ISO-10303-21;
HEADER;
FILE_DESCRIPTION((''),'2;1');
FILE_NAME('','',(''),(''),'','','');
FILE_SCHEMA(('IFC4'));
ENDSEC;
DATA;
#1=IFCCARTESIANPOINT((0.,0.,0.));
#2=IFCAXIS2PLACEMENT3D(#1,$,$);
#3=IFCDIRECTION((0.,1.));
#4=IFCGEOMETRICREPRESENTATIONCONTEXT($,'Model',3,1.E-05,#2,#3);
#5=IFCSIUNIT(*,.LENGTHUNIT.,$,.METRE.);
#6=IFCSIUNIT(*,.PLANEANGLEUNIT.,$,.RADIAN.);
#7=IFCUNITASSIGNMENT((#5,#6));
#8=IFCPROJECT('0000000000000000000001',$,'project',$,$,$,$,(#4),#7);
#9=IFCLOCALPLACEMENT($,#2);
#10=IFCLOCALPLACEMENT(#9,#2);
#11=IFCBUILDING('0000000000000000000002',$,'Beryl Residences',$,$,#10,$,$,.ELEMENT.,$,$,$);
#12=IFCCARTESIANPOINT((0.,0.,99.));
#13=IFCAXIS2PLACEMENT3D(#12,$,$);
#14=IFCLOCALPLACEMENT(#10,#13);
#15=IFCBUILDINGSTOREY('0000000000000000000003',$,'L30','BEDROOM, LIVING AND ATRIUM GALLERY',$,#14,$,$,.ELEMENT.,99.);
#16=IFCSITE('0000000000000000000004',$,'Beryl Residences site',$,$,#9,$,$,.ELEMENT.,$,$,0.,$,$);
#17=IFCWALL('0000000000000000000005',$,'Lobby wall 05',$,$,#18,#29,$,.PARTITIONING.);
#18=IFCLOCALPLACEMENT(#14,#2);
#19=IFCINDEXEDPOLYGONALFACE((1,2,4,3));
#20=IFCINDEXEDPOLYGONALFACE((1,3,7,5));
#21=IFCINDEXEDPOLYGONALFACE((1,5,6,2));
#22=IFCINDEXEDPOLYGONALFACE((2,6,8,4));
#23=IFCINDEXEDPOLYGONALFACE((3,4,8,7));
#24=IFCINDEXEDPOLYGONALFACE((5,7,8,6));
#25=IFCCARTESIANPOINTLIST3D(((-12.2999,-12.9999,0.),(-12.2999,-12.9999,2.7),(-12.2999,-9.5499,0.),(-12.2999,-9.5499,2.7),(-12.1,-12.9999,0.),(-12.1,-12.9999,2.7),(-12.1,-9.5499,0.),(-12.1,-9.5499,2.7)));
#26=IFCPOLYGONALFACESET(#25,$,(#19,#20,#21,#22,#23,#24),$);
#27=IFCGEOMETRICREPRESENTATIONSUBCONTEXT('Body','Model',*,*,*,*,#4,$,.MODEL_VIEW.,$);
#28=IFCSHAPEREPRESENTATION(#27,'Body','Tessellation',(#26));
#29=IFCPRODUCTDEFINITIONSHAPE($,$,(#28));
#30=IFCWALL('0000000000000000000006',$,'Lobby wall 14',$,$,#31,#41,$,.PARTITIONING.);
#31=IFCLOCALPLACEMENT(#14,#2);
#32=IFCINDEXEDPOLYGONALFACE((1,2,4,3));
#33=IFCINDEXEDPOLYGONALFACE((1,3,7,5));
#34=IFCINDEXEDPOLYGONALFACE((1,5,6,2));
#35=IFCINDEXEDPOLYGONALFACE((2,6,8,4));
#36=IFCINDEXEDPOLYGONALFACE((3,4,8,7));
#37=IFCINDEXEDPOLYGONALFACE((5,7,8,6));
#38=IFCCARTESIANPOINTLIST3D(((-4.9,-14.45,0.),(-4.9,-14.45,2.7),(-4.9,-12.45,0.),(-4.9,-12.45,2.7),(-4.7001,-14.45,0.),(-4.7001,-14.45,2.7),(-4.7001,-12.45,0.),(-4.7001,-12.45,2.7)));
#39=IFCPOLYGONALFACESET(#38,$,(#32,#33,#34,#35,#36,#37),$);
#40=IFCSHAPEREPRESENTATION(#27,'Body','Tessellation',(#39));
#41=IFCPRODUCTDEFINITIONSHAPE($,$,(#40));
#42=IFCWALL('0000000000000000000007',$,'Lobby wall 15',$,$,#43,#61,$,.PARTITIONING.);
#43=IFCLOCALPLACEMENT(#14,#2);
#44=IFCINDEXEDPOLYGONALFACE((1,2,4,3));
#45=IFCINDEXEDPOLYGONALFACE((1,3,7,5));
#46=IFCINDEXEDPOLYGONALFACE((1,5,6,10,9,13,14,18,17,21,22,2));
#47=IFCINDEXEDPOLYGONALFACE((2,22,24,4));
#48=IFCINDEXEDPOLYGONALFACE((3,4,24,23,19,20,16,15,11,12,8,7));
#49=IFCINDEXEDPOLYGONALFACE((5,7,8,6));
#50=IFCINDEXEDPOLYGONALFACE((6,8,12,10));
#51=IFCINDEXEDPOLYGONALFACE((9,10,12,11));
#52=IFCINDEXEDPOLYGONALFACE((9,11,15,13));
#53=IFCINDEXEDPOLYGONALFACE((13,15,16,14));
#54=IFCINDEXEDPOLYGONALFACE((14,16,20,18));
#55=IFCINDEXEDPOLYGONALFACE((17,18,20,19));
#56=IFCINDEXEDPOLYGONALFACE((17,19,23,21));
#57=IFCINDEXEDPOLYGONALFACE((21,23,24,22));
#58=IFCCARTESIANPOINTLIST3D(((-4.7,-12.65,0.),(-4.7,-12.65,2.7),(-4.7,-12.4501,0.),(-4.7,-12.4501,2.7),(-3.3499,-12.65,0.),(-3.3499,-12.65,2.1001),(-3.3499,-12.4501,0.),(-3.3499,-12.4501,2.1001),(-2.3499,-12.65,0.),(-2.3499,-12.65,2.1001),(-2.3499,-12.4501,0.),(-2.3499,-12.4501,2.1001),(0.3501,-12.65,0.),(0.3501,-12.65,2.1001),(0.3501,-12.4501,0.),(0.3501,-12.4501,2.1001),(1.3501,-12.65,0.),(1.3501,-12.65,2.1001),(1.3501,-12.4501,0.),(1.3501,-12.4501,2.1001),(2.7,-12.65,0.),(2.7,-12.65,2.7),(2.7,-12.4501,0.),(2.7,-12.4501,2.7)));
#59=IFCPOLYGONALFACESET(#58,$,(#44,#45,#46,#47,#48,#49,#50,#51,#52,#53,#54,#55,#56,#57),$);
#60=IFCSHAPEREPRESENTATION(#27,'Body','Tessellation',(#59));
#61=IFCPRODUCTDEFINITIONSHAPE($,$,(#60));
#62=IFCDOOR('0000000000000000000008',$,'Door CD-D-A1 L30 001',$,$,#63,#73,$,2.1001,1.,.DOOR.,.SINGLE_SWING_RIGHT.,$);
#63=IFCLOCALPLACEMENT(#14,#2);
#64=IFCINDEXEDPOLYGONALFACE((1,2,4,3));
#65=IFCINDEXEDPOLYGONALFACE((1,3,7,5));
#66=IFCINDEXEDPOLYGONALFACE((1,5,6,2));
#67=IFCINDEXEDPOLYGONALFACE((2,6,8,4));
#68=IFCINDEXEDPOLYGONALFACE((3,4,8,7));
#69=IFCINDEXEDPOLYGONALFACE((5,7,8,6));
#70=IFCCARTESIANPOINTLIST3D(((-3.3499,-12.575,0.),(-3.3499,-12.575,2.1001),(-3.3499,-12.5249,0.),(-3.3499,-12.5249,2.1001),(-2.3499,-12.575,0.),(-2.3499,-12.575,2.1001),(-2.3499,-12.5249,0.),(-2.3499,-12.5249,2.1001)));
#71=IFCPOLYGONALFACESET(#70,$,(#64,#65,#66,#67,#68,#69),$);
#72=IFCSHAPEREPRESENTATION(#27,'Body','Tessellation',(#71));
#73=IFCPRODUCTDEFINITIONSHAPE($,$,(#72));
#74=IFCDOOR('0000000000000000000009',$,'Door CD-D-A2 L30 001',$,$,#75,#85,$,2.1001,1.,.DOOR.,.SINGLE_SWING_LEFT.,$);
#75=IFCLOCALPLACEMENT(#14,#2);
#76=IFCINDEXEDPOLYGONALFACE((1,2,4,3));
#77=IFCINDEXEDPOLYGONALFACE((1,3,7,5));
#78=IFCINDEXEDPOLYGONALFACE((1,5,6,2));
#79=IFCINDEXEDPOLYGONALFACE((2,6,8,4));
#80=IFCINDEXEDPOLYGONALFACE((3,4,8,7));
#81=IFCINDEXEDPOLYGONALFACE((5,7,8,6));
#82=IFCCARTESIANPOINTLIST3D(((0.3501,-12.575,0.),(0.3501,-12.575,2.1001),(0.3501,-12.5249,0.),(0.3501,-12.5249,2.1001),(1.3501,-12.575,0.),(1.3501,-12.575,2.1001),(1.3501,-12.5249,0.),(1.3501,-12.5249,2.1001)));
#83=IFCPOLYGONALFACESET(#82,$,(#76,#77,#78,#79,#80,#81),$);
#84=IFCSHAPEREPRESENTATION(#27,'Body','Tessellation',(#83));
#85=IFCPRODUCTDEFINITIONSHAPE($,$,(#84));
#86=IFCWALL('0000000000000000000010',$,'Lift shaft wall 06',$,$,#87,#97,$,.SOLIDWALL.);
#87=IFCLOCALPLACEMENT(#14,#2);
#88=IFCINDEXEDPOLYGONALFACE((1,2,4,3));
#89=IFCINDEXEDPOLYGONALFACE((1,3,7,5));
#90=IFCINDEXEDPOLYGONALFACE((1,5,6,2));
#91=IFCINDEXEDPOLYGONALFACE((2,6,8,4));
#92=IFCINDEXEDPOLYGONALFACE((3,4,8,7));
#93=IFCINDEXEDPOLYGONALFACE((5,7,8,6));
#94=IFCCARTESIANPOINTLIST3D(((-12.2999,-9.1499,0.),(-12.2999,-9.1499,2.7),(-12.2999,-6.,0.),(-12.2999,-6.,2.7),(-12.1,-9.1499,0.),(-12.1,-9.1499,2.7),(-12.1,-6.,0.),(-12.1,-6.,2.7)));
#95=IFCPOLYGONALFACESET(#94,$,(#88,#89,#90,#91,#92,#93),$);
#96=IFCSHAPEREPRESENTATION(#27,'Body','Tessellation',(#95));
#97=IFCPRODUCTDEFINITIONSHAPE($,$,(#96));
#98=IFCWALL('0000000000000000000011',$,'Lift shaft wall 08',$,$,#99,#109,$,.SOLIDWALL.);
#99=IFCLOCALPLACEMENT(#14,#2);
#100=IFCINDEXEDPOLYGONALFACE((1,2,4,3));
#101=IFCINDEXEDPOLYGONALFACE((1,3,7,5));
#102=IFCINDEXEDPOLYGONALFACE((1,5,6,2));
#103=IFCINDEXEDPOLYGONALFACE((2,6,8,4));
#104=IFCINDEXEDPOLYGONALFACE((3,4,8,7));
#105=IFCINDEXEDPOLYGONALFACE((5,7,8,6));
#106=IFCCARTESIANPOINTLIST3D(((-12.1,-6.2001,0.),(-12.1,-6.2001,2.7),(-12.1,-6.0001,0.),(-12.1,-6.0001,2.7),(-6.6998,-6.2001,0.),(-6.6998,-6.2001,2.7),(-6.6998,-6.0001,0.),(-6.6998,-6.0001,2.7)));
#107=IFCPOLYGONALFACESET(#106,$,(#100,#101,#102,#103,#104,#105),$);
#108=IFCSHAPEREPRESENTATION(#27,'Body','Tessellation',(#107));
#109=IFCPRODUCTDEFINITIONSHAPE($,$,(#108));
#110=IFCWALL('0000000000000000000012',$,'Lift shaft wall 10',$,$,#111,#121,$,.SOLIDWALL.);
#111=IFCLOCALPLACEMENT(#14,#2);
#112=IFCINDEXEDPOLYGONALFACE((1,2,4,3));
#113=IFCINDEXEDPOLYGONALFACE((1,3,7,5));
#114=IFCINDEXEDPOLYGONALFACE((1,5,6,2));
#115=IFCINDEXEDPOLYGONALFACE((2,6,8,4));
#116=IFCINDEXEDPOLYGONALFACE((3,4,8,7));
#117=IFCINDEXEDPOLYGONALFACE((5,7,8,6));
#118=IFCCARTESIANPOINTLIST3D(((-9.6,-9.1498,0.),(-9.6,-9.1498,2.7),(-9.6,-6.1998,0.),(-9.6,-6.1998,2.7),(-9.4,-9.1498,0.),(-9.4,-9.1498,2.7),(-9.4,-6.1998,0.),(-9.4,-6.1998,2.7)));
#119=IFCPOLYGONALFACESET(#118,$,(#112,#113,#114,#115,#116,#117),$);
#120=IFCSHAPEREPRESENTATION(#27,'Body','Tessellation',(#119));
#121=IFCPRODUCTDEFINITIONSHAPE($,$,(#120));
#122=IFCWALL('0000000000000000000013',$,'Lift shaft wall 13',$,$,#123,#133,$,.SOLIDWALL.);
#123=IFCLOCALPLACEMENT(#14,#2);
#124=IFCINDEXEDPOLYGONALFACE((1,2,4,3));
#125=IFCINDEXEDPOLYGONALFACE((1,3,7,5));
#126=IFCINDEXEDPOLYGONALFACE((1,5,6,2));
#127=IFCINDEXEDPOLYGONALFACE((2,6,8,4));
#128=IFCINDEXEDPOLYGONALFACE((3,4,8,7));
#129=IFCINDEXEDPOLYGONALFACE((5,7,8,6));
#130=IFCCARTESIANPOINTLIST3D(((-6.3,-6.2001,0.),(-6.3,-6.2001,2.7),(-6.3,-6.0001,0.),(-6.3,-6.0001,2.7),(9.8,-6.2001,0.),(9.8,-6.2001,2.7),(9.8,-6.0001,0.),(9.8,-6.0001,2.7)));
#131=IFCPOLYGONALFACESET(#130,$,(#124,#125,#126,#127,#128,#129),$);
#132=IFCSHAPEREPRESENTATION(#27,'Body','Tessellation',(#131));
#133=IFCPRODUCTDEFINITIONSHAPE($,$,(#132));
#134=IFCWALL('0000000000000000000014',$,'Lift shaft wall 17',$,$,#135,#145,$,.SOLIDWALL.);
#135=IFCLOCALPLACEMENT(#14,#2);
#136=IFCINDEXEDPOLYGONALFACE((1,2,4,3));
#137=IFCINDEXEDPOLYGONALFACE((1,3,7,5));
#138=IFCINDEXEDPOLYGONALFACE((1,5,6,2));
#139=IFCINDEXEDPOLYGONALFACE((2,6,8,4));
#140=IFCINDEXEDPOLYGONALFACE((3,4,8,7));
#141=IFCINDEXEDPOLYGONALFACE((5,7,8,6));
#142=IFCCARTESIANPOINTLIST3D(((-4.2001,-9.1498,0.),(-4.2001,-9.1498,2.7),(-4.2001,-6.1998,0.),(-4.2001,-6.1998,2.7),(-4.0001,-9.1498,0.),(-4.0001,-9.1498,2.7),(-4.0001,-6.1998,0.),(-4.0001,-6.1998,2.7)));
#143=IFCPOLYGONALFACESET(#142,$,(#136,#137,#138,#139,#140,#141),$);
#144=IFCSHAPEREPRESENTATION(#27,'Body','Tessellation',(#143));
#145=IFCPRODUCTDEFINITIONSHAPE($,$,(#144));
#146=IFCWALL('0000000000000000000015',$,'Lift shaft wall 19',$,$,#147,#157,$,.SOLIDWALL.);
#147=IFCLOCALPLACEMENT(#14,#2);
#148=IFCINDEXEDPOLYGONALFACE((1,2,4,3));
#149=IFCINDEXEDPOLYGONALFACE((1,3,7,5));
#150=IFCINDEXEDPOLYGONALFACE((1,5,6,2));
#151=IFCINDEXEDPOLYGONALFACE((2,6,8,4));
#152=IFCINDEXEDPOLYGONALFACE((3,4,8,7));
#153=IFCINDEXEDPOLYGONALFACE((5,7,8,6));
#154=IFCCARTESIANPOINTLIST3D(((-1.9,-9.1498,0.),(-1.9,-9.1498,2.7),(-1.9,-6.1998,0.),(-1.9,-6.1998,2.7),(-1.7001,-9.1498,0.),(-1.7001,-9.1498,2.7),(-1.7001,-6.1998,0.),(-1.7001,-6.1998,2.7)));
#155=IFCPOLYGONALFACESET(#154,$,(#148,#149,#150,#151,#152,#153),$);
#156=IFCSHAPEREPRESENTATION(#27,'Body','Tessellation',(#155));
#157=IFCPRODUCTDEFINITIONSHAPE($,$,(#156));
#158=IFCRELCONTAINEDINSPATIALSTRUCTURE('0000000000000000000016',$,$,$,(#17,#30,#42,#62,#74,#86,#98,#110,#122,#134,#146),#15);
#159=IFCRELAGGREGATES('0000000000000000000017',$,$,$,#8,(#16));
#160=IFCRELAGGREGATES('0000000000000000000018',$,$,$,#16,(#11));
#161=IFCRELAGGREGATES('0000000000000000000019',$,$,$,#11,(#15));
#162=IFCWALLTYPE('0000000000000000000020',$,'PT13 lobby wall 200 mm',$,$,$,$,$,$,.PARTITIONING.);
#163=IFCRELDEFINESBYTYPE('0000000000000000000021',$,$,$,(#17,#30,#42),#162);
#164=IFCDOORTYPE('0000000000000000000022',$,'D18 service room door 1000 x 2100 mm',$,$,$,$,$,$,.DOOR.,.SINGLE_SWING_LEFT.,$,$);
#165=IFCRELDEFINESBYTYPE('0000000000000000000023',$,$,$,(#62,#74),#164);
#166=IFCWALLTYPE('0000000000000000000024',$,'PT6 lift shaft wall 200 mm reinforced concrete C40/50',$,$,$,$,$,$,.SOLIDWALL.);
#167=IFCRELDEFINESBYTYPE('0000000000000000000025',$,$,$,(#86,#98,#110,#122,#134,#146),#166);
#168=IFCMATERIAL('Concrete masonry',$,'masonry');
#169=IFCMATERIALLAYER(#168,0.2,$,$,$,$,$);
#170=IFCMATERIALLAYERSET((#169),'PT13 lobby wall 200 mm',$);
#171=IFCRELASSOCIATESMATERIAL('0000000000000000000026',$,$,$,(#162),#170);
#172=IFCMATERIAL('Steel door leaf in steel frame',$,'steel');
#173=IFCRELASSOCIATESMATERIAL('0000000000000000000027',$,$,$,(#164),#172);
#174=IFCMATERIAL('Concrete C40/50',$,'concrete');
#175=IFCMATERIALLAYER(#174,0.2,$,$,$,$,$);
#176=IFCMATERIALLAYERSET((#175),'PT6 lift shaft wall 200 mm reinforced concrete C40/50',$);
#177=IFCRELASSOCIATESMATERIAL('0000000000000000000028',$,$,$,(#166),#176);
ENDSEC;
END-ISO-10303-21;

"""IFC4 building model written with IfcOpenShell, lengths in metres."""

from ifc_helpers import new_model, si_unit, direction, frame, frame_2d, origin, place, context, subcontext, project, spatial, rectangle, extrude, material, layer, layer_set, type_object, element, fill, save


model = new_model("IFC4")

# Units and contexts
model_context = context("Model", 3, precision=1e-05, world=origin(), true_north=direction((0.0, 1.0)))
body_context = subcontext(model_context, "Body", "Model", "MODEL_VIEW")
ifc_project = project(units=[si_unit("LENGTHUNIT", "METRE"), si_unit("PLANEANGLEUNIT", "RADIAN")], contexts=[model_context])

# Site, building, storey
site_placement = place(None, origin())
site = spatial("IfcSite", under=ifc_project, at=site_placement, Name="Beryl Residences site", CompositionType="ELEMENT", RefElevation=0.0)
building_placement = place(site_placement, origin())
building = spatial("IfcBuilding", under=site, at=building_placement, Name="Beryl Residences", CompositionType="ELEMENT")
storey_placement = place(building_placement, frame((0.0, 0.0, 99.0)))
storey = spatial("IfcBuildingStorey", under=building, at=storey_placement, Name="L30", Description="BEDROOM, LIVING AND ATRIUM GALLERY", CompositionType="ELEMENT", Elevation=99.0)

# Walls
ifc_material_1 = material(Name="Concrete masonry", Category="masonry")
ifc_layer_1 = layer(ifc_material_1, 0.2)
ifc_layer_set_1 = layer_set([ifc_layer_1], Name="PT13 lobby wall 200 mm")
wall_type_1 = type_object("IfcWallType", Name="PT13 lobby wall 200 mm", PredefinedType="PARTITIONING", material=ifc_layer_set_1)
wall_1_placement = place(storey_placement, frame((-12.2, -13.0, 0.0), z_axis=(0.0, 0.0, 1.0), x_axis=(0.0, 1.0, 0.0)))
element("IfcWall", 1, at=wall_1_placement, inside=storey, type_object=wall_type_1, Name="Lobby wall 05", PredefinedType="PARTITIONING", context=body_context, shape_type="SweptSolid", body=[
    extrude(rectangle(XDim=3.45, YDim=0.2, at=frame_2d((1.7251, 0.0))), origin(), (0.0, 0.0, 1.0), 2.7),
])
wall_2_placement = place(storey_placement, frame((-4.8, -14.45, 0.0), z_axis=(0.0, 0.0, 1.0), x_axis=(0.0, 1.0, 0.0)))
element("IfcWall", 2, at=wall_2_placement, inside=storey, type_object=wall_type_1, Name="Lobby wall 14", PredefinedType="PARTITIONING", context=body_context, shape_type="SweptSolid", body=[
    extrude(rectangle(XDim=2.0, YDim=0.2, at=frame_2d((1.0, 0.0))), origin(), (0.0, 0.0, 1.0), 2.7),
])

# Wall, openings, doors
wall_3_placement = place(storey_placement, frame((-4.7, -12.55, 0.0), z_axis=(0.0, 0.0, 1.0), x_axis=(1.0, 0.0, 0.0)))
wall_3 = element("IfcWall", 3, at=wall_3_placement, inside=storey, type_object=wall_type_1, Name="Lobby wall 15", PredefinedType="PARTITIONING", context=body_context, shape_type="SweptSolid", body=[
    extrude(rectangle(XDim=7.3999, YDim=0.2, at=frame_2d((3.7, 0.0))), origin(), (0.0, 0.0, 1.0), 2.7),
])
opening_1_placement = place(wall_3_placement, frame((2.3501, 0.0, 0.0), z_axis=(0.0, 0.0, 1.0), x_axis=(-1.0, 0.0, 0.0)))
opening_1 = element("IfcOpeningElement", 4, at=opening_1_placement, cuts=wall_3, PredefinedType="OPENING", context=body_context, shape_type="SweptSolid", body=[
    extrude(rectangle(XDim=1.0, YDim=2.1001, at=frame_2d((0.5, 1.05))), frame((0.0, 0.1099, 0.0), z_axis=(0.0, -1.0, 0.0), x_axis=(1.0, 0.0, 0.0)), (0.0, 0.0, 1.0), 0.22),
])
opening_2_placement = place(wall_3_placement, frame((6.05, 0.0, 0.0), z_axis=(0.0, 0.0, 1.0), x_axis=(-1.0, 0.0, 0.0)))
opening_2 = element("IfcOpeningElement", 5, at=opening_2_placement, cuts=wall_3, PredefinedType="OPENING", context=body_context, shape_type="SweptSolid", body=[
    extrude(rectangle(XDim=1.0, YDim=2.1001, at=frame_2d((0.5, 1.05))), frame((0.0, 0.1099, 0.0), z_axis=(0.0, -1.0, 0.0), x_axis=(1.0, 0.0, 0.0)), (0.0, 0.0, 1.0), 0.22),
])
ifc_material_2 = material(Name="Steel door leaf in steel frame", Category="steel")
door_type_1 = type_object("IfcDoorType", Name="D18 service room door 1000 x 2100 mm", OperationType="SINGLE_SWING_LEFT", PredefinedType="DOOR", material=ifc_material_2)
door_1_placement = place(opening_1_placement, origin())
door_1 = element("IfcDoor", 6, at=door_1_placement, inside=storey, type_object=door_type_1, Name="Door CD-D-A1 L30 001", OperationType="SINGLE_SWING_RIGHT", OverallHeight=2.1001, OverallWidth=1.0, PredefinedType="DOOR", context=body_context, shape_type="SweptSolid", body=[
    extrude(rectangle(XDim=1.0, YDim=2.1001, at=frame_2d((0.5, 1.05))), frame((0.0, 0.0249, 0.0), z_axis=(0.0, -1.0, 0.0), x_axis=(1.0, 0.0, 0.0)), (0.0, 0.0, 1.0), 0.05),
])
fill(opening_1, door_1)
door_2_placement = place(opening_2_placement, origin())
door_2 = element("IfcDoor", 7, at=door_2_placement, inside=storey, type_object=door_type_1, Name="Door CD-D-A2 L30 001", OperationType="SINGLE_SWING_LEFT", OverallHeight=2.1001, OverallWidth=1.0, PredefinedType="DOOR", context=body_context, shape_type="SweptSolid", body=[
    extrude(rectangle(XDim=1.0, YDim=2.1001, at=frame_2d((0.5, 1.05))), frame((0.0, 0.0249, 0.0), z_axis=(0.0, -1.0, 0.0), x_axis=(1.0, 0.0, 0.0)), (0.0, 0.0, 1.0), 0.05),
])
fill(opening_2, door_2)

# Walls
ifc_material_3 = material(Name="Concrete C40/50", Category="concrete")
ifc_layer_2 = layer(ifc_material_3, 0.2)
ifc_layer_set_2 = layer_set([ifc_layer_2], Name="PT6 lift shaft wall 200 mm reinforced concrete C40/50")
wall_type_2 = type_object("IfcWallType", Name="PT6 lift shaft wall 200 mm reinforced concrete C40/50", PredefinedType="SOLIDWALL", material=ifc_layer_set_2)
wall_4_placement = place(storey_placement, frame((-12.2, -9.1499, 0.0), z_axis=(0.0, 0.0, 1.0), x_axis=(0.0, 1.0, 0.0)))
element("IfcWall", 8, at=wall_4_placement, inside=storey, type_object=wall_type_2, Name="Lift shaft wall 06", PredefinedType="SOLIDWALL", context=body_context, shape_type="SweptSolid", body=[
    extrude(rectangle(XDim=3.1499, YDim=0.2, at=frame_2d((1.575, 0.0))), origin(), (0.0, 0.0, 1.0), 2.7),
])
wall_5_placement = place(storey_placement, frame((-12.1001, -6.1001, 0.0), z_axis=(0.0, 0.0, 1.0), x_axis=(1.0, 0.0, 0.0)))
element("IfcWall", 9, at=wall_5_placement, inside=storey, type_object=wall_type_2, Name="Lift shaft wall 08", PredefinedType="SOLIDWALL", context=body_context, shape_type="SweptSolid", body=[
    extrude(rectangle(XDim=5.4001, YDim=0.2, at=frame_2d((2.7002, 0.0))), origin(), (0.0, 0.0, 1.0), 2.7),
])
wall_6_placement = place(storey_placement, frame((-9.5, -9.1499, 0.0), z_axis=(0.0, 0.0, 1.0), x_axis=(0.0, 1.0, 0.0)))
element("IfcWall", 10, at=wall_6_placement, inside=storey, type_object=wall_type_2, Name="Lift shaft wall 10", PredefinedType="SOLIDWALL", context=body_context, shape_type="SweptSolid", body=[
    extrude(rectangle(XDim=2.95, YDim=0.2, at=frame_2d((1.4751, 0.0))), origin(), (0.0, 0.0, 1.0), 2.7),
])
wall_7_placement = place(storey_placement, frame((-6.3, -6.1001, 0.0), z_axis=(0.0, 0.0, 1.0), x_axis=(1.0, 0.0, 0.0)))
element("IfcWall", 11, at=wall_7_placement, inside=storey, type_object=wall_type_2, Name="Lift shaft wall 13", PredefinedType="SOLIDWALL", context=body_context, shape_type="SweptSolid", body=[
    extrude(rectangle(XDim=16.1001, YDim=0.2, at=frame_2d((8.05, 0.0))), origin(), (0.0, 0.0, 1.0), 2.7),
])
for number, where, z_axis, x_axis, name in (
    (12, (-4.1001, -9.1499, 0.0), (0.0, 0.0, 1.0), (0.0, 1.0, 0.0), "Lift shaft wall 17"),
    (13, (-1.8, -9.1499, 0.0), (0.0, 0.0, 1.0), (0.0, 1.0, 0.0), "Lift shaft wall 19"),
):
    element("IfcWall", number, at=place(storey_placement, frame(where, z_axis=z_axis, x_axis=x_axis)), inside=storey, type_object=wall_type_2, Name=name, PredefinedType="SOLIDWALL", context=body_context, shape_type="SweptSolid", body=[
        extrude(rectangle(XDim=2.95, YDim=0.2, at=frame_2d((1.4751, 0.0))), origin(), (0.0, 0.0, 1.0), 2.7),
    ])

save(model, "model.ifc")
